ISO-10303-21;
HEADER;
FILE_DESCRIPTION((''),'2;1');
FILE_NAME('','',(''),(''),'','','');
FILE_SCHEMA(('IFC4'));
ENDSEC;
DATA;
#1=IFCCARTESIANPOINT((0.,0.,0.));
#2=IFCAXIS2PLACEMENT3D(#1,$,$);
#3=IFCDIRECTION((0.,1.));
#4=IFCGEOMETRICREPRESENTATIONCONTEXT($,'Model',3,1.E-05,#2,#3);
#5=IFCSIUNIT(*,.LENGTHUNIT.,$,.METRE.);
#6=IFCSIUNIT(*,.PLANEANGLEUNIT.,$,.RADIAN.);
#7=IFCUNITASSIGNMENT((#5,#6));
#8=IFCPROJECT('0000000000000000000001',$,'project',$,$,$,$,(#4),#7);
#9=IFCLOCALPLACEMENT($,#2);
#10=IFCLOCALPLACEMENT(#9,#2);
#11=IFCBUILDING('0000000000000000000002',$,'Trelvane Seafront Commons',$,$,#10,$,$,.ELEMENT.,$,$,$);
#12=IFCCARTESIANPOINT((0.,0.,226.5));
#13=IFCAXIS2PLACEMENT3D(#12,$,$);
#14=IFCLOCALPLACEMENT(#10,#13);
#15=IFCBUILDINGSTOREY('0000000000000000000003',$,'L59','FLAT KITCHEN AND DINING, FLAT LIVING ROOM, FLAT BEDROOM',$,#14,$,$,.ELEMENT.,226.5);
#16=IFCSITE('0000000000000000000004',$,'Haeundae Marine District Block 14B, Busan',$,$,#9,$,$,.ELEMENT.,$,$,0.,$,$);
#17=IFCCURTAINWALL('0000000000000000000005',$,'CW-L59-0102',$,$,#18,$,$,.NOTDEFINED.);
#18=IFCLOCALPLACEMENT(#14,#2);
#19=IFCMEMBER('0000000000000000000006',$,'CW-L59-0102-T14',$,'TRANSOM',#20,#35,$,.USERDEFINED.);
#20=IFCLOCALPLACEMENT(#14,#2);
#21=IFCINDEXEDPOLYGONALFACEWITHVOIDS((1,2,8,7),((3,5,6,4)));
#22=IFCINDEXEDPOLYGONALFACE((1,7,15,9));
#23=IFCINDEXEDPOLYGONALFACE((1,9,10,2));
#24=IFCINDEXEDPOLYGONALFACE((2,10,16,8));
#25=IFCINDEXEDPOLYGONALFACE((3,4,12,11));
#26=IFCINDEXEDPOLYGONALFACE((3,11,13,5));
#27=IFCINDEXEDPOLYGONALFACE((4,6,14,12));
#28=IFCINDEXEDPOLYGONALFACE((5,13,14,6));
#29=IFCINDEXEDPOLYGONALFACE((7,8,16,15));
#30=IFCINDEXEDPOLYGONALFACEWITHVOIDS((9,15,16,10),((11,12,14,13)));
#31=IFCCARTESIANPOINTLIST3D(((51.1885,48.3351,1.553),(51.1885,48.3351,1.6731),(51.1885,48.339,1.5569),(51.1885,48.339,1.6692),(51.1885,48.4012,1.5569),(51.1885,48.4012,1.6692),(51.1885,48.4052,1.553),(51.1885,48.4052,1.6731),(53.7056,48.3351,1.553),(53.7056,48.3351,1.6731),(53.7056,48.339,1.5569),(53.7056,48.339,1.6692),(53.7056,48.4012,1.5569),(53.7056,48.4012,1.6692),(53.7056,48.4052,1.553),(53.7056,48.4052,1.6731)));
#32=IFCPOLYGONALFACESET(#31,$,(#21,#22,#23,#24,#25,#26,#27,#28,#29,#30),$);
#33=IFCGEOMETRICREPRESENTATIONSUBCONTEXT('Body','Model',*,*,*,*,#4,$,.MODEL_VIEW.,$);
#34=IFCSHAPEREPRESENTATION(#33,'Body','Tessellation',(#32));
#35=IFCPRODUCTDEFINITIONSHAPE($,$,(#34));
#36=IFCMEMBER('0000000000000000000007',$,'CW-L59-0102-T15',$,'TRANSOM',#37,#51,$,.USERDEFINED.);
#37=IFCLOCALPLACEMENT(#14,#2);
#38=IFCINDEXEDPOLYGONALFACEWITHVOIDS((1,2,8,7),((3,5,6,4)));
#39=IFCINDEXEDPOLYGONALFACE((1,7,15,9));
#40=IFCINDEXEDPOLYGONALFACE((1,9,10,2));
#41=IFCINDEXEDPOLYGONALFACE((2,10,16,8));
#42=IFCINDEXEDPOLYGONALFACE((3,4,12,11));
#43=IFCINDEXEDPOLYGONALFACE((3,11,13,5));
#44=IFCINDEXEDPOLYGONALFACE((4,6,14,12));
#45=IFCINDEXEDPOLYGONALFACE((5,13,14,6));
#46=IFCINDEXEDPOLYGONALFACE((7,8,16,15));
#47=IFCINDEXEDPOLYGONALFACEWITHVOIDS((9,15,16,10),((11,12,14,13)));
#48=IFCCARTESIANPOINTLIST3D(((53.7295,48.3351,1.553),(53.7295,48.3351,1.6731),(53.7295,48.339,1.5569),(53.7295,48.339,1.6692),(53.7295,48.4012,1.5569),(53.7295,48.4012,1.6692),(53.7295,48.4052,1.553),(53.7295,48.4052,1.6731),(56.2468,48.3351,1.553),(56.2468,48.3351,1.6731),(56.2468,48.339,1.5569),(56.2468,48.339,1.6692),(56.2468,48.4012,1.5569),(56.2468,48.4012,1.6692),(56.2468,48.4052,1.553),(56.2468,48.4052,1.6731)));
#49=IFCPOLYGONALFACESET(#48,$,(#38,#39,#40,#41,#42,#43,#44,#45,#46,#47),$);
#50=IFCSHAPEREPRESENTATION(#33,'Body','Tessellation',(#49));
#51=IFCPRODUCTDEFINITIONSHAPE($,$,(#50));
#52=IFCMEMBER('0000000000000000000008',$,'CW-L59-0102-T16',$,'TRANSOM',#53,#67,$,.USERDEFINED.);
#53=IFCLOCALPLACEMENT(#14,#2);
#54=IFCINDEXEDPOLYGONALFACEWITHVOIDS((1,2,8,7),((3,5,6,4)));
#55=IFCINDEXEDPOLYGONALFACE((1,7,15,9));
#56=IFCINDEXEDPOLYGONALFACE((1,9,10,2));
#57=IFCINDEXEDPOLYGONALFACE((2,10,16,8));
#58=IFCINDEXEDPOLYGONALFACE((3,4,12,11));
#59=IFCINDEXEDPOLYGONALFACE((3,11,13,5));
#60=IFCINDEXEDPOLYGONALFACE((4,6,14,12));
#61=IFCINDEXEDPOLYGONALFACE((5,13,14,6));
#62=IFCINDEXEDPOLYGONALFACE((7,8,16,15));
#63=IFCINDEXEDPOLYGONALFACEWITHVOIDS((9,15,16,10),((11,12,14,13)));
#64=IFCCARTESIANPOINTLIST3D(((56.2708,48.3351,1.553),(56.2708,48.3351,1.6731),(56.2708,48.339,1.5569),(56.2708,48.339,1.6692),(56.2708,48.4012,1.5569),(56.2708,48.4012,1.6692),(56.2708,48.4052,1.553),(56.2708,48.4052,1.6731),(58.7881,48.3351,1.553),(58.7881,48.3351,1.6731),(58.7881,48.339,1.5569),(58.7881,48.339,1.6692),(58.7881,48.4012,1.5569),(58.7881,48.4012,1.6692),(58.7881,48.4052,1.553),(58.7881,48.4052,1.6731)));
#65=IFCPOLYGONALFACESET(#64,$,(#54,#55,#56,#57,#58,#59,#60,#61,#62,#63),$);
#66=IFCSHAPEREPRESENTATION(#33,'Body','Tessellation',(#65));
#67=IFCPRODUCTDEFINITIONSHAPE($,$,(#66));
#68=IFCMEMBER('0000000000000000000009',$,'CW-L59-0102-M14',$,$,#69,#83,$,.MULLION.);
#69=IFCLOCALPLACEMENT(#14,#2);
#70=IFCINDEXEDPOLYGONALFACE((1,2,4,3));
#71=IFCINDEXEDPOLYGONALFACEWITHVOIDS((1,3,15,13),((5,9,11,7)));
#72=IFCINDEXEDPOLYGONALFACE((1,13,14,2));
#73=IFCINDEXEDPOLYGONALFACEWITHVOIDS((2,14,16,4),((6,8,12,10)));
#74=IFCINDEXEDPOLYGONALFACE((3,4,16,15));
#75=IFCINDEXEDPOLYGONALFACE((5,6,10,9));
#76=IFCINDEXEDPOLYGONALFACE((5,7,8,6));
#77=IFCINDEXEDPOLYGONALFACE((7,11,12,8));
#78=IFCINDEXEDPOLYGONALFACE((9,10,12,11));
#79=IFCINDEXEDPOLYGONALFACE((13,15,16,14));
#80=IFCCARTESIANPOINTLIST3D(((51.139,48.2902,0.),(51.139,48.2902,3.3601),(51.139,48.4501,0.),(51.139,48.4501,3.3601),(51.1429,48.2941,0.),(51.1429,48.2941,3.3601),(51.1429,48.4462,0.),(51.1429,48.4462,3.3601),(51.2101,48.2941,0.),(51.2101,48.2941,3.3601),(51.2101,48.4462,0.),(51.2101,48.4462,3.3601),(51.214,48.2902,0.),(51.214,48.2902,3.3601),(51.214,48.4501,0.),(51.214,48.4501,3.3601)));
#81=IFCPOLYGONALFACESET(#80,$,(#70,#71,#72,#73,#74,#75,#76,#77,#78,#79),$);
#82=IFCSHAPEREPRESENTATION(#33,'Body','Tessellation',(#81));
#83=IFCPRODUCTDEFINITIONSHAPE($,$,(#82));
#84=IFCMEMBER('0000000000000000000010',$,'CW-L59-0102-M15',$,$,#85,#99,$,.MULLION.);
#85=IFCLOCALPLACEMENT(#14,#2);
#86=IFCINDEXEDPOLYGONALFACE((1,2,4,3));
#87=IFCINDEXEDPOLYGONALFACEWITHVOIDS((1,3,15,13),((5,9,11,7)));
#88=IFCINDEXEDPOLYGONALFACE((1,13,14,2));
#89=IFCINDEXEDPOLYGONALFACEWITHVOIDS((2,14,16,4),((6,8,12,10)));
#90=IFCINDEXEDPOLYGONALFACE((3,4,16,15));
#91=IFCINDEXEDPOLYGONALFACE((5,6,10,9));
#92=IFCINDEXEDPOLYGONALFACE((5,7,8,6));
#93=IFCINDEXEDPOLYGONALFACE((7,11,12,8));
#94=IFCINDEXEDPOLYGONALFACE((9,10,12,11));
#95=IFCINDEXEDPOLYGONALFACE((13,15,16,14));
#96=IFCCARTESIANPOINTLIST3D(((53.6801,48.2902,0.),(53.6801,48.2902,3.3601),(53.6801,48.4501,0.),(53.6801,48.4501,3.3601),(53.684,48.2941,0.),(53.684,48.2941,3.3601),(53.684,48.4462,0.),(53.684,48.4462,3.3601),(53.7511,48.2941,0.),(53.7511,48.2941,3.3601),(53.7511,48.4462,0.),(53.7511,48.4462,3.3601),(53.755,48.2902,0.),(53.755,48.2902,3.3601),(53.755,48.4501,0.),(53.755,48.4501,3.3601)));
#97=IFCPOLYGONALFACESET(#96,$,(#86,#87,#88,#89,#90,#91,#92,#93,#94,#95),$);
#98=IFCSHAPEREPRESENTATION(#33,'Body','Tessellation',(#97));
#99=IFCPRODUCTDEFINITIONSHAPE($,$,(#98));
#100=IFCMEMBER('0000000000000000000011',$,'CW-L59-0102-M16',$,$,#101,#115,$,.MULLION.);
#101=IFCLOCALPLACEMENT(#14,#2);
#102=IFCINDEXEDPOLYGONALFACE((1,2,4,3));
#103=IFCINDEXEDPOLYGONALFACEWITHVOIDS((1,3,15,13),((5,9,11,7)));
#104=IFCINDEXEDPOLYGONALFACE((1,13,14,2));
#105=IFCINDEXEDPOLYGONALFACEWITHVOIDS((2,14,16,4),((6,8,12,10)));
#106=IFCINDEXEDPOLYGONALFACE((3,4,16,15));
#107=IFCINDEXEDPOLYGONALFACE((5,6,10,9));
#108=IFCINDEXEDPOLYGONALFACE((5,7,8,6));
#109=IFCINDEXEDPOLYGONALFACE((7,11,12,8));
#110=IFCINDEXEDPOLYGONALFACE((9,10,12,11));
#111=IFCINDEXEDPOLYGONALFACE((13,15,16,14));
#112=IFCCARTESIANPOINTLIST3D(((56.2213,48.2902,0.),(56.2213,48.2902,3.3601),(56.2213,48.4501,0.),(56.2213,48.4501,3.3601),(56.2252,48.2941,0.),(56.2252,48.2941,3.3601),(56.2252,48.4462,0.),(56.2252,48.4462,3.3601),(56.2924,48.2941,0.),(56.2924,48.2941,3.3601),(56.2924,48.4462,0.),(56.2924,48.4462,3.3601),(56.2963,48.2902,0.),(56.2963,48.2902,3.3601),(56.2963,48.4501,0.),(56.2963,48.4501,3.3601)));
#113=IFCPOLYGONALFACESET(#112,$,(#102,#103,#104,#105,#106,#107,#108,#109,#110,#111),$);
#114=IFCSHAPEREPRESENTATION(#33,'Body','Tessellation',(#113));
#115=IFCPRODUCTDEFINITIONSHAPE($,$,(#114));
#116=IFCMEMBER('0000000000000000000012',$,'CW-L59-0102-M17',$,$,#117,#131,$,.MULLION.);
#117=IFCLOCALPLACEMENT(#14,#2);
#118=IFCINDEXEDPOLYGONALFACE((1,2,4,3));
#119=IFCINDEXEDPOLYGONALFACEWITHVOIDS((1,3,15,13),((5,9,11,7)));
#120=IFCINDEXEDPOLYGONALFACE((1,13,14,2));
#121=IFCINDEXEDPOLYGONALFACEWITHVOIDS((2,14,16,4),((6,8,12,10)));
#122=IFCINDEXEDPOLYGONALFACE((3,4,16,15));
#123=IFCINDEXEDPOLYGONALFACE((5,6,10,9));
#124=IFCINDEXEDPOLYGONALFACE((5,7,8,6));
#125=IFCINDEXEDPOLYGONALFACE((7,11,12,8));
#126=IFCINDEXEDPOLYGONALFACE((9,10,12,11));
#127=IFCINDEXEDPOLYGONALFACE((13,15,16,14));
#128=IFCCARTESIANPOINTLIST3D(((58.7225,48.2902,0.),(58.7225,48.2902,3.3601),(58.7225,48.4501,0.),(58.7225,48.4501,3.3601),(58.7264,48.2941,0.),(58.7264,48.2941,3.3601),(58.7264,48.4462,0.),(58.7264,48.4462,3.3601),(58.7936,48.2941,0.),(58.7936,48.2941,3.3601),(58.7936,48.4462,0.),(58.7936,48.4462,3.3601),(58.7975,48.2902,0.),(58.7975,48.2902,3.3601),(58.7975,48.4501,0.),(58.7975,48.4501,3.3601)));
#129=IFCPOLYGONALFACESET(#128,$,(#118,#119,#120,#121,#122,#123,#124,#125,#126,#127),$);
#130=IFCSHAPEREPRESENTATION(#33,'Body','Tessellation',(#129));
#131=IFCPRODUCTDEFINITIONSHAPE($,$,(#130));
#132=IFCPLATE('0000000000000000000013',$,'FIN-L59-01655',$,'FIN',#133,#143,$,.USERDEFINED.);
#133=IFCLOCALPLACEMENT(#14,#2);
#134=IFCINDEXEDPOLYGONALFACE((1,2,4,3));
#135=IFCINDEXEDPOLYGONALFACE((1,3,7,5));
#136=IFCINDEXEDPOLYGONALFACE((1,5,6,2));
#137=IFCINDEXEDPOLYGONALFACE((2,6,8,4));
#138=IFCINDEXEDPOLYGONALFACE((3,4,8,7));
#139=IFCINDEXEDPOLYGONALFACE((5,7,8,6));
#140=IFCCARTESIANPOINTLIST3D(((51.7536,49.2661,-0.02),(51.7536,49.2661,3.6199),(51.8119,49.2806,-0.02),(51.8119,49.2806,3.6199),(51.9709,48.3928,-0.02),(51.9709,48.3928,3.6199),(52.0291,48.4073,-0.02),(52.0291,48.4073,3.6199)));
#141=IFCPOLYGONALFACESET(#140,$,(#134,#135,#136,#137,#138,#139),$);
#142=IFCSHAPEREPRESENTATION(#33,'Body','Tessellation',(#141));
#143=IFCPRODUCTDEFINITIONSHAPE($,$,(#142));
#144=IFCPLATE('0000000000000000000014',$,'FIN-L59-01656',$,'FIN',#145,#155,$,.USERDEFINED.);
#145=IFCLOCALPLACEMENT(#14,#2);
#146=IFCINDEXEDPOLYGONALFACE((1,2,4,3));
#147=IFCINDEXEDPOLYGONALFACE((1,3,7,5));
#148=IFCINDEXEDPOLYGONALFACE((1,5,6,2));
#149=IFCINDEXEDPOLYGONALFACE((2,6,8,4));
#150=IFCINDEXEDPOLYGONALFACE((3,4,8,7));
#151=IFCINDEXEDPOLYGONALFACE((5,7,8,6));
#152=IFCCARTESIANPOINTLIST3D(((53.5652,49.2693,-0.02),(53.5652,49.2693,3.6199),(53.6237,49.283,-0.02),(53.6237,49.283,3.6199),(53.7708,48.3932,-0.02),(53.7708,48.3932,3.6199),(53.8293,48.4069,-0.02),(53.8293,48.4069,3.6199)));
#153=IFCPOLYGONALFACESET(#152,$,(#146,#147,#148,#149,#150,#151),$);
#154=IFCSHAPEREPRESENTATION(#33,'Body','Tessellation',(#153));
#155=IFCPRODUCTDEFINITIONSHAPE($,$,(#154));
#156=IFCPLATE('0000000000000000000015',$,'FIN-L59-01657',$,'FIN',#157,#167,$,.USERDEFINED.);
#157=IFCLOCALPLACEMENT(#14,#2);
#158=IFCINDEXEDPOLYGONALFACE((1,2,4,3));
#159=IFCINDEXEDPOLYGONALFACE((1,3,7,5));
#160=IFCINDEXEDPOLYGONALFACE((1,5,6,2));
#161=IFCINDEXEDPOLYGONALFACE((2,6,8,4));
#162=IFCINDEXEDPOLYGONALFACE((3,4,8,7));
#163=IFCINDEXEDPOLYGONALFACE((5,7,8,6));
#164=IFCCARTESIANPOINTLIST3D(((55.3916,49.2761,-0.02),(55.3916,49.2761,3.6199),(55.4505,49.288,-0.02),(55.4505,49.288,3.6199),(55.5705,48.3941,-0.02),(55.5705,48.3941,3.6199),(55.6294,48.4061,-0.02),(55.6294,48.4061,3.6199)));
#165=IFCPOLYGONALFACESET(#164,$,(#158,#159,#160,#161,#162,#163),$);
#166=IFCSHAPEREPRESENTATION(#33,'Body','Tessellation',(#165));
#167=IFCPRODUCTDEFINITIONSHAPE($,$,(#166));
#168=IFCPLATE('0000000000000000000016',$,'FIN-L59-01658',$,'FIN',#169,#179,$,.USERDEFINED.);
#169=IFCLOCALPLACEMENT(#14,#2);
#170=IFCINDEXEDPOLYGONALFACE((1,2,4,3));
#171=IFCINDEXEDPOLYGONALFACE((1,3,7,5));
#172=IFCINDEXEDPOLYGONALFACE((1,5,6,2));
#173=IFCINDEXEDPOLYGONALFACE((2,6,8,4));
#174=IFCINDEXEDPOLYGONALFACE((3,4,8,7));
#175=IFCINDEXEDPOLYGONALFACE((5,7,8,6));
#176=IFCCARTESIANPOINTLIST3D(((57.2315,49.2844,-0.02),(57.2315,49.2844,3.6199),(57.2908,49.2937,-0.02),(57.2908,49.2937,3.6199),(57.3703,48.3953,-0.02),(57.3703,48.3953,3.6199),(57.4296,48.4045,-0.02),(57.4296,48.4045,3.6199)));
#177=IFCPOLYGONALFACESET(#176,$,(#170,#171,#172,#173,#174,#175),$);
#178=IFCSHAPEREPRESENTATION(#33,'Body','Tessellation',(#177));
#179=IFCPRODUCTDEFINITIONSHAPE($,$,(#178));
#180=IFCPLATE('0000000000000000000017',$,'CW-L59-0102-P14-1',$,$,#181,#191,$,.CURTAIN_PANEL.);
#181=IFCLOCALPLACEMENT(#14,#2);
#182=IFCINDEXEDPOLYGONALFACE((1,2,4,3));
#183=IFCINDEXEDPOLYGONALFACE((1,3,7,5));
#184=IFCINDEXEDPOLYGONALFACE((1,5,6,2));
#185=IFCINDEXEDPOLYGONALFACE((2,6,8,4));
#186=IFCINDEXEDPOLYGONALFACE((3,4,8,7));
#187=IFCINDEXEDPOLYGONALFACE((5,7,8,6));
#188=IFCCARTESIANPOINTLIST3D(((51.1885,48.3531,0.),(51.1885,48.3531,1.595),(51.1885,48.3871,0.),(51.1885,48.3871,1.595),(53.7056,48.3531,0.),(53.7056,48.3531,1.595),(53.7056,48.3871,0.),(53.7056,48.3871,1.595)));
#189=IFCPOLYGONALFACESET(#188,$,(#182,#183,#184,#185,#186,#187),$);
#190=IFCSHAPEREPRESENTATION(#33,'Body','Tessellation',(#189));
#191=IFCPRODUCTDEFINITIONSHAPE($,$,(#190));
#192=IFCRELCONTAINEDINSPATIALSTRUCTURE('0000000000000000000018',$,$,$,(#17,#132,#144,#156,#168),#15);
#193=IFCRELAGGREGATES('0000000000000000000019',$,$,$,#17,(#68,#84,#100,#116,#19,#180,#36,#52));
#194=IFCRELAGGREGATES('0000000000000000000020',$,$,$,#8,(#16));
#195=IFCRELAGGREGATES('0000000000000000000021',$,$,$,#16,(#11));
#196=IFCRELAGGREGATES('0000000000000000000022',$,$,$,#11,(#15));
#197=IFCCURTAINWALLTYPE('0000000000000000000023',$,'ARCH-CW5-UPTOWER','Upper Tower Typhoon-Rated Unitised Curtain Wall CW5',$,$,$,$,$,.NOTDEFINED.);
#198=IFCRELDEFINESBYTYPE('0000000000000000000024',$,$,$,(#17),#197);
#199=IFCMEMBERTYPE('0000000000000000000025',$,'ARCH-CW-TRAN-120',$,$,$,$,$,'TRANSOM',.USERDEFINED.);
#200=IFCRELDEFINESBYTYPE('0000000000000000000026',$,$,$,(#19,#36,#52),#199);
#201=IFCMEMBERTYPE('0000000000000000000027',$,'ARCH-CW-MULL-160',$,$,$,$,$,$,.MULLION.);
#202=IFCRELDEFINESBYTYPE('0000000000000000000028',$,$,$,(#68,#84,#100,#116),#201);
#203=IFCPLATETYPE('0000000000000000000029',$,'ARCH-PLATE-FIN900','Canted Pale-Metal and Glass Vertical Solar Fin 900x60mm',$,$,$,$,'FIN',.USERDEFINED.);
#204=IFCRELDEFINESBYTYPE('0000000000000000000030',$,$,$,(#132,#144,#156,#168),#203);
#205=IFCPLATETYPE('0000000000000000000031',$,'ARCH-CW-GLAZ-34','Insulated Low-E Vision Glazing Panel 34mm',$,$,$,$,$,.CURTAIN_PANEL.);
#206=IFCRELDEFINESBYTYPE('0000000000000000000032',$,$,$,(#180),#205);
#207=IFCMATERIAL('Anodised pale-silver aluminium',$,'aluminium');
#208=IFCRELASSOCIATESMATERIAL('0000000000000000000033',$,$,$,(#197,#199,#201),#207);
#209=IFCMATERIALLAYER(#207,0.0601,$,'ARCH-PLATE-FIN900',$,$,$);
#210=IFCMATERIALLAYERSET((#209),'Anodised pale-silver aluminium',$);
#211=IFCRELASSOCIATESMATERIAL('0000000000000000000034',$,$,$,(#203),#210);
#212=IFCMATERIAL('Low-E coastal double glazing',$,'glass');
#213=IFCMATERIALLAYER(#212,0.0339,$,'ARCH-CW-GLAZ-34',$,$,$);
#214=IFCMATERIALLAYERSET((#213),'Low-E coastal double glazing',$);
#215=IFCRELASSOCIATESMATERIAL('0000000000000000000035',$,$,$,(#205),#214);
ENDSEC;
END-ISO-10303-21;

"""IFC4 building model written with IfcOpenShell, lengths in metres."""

from ifc_helpers import new_model, si_unit, direction, frame, origin, origin_2d, place, context, subcontext, project, spatial, rectangle, hollow_rectangle, extrude, source, transform, mapped, material, layer, layer_set, material_profile, profile_set, type_object, element, aggregate, save


model = new_model("IFC4")

# Units and contexts
model_context = context("Model", 3, precision=1e-05, world=origin(), true_north=direction((0.0, 1.0)))
body_context = subcontext(model_context, "Body", "Model", "MODEL_VIEW")
ifc_project = project(units=[si_unit("LENGTHUNIT", "METRE"), si_unit("PLANEANGLEUNIT", "RADIAN")], contexts=[model_context])

# Site, building, storey
site_placement = place(None, origin())
site = spatial("IfcSite", under=ifc_project, at=site_placement, Name="Haeundae Marine District Block 14B, Busan", CompositionType="ELEMENT", RefElevation=0.0)
building_placement = place(site_placement, origin())
building = spatial("IfcBuilding", under=site, at=building_placement, Name="Trelvane Seafront Commons", CompositionType="ELEMENT")
storey_placement = place(building_placement, frame((0.0, 0.0, 226.5)))
storey = spatial("IfcBuildingStorey", under=building, at=storey_placement, Name="L59", Description="FLAT KITCHEN AND DINING, FLAT LIVING ROOM, FLAT BEDROOM", CompositionType="ELEMENT", Elevation=226.5)

# Curtain wall, members
ifc_material_1 = material(Name="Anodised pale-silver aluminium", Category="aluminium")
curtain_wall_type = type_object("IfcCurtainWallType", Name="ARCH-CW5-UPTOWER", Description="Upper Tower Typhoon-Rated Unitised Curtain Wall CW5", PredefinedType="NOTDEFINED", material=ifc_material_1)
curtain_wall_placement = place(storey_placement, origin())
curtain_wall = element("IfcCurtainWall", 1, at=curtain_wall_placement, inside=storey, type_object=curtain_wall_type, Name="CW-L59-0102", PredefinedType="NOTDEFINED")
ifc_material_profile_1 = material_profile(ifc_material_1, hollow_rectangle(XDim=0.0701, YDim=0.1201, WallThickness=0.0039, at=origin_2d()), Name="TRAN-70x120x4")
ifc_profile_set_1 = profile_set([ifc_material_profile_1], Name="Anodised pale-silver aluminium")
member_type_1 = type_object("IfcMemberType", Name="ARCH-CW-TRAN-120", ElementType="TRANSOM", PredefinedType="USERDEFINED", material=ifc_profile_set_1)
shared_shape_1 = source(origin(), body_context, "Body", "SweptSolid", [
    extrude(hollow_rectangle(XDim=0.0701, YDim=0.1201, WallThickness=0.0039, at=origin_2d()), origin(), (0.0, 0.0, 1.0), 2.5171),
])
member_1_placement = place(storey_placement, frame((51.1885, 48.3701, 1.613), z_axis=(1.0, 0.0, 0.0), x_axis=(0.0, 1.0, 0.0)))
member_1 = element("IfcMember", 2, at=member_1_placement, type_object=member_type_1, Name="CW-L59-0102-T14", ObjectType="TRANSOM", PredefinedType="USERDEFINED", context=body_context, shape_type="MappedRepresentation", body=[
    mapped(shared_shape_1, transform((0.0, 0.0, 0.0), x_axis=(1.0, 0.0, 0.0), y_axis=(0.0, 1.0, 0.0), z_axis=(0.0, 0.0, 1.0), scale=1.0)),
])
shared_shape_2 = source(origin(), body_context, "Body", "SweptSolid", [
    extrude(hollow_rectangle(XDim=0.0701, YDim=0.1201, WallThickness=0.0039, at=origin_2d()), origin(), (0.0, 0.0, 1.0), 2.5173),
])
member_2_placement = place(storey_placement, frame((53.7295, 48.3701, 1.613), z_axis=(1.0, 0.0, 0.0), x_axis=(0.0, 1.0, 0.0)))
member_2 = element("IfcMember", 3, at=member_2_placement, type_object=member_type_1, Name="CW-L59-0102-T15", ObjectType="TRANSOM", PredefinedType="USERDEFINED", context=body_context, shape_type="MappedRepresentation", body=[
    mapped(shared_shape_2, transform((0.0, 0.0, 0.0), x_axis=(1.0, 0.0, 0.0), y_axis=(0.0, 1.0, 0.0), z_axis=(0.0, 0.0, 1.0), scale=1.0)),
])
member_3_placement = place(storey_placement, frame((56.2708, 48.3701, 1.613), z_axis=(1.0, 0.0, 0.0), x_axis=(0.0, 1.0, 0.0)))
member_3 = element("IfcMember", 4, at=member_3_placement, type_object=member_type_1, Name="CW-L59-0102-T16", ObjectType="TRANSOM", PredefinedType="USERDEFINED", context=body_context, shape_type="MappedRepresentation", body=[
    mapped(shared_shape_2, transform((0.0, 0.0, 0.0), x_axis=(1.0, 0.0, 0.0), y_axis=(0.0, 1.0, 0.0), z_axis=(0.0, 0.0, 1.0), scale=1.0)),
])
ifc_material_profile_2 = material_profile(ifc_material_1, hollow_rectangle(XDim=0.075, YDim=0.1599, WallThickness=0.0039, at=origin_2d()), Name="MULL-75x160x4")
ifc_profile_set_2 = profile_set([ifc_material_profile_2], Name="Anodised pale-silver aluminium")
member_type_2 = type_object("IfcMemberType", Name="ARCH-CW-MULL-160", PredefinedType="MULLION", material=ifc_profile_set_2)
shared_shape_3 = source(origin(), body_context, "Body", "SweptSolid", [
    extrude(hollow_rectangle(XDim=0.075, YDim=0.1599, WallThickness=0.0039, at=origin_2d()), origin(), (0.0, 0.0, 1.0), 3.3601),
])
member_4_placement = place(storey_placement, frame((51.1765, 48.3701, 0.0), z_axis=(0.0, 0.0, 1.0), x_axis=(1.0, 0.0, 0.0)))
member_4 = element("IfcMember", 5, at=member_4_placement, type_object=member_type_2, Name="CW-L59-0102-M14", PredefinedType="MULLION", context=body_context, shape_type="MappedRepresentation", body=[
    mapped(shared_shape_3, transform((0.0, 0.0, 0.0), x_axis=(1.0, 0.0, 0.0), y_axis=(0.0, 1.0, 0.0), z_axis=(0.0, 0.0, 1.0), scale=1.0)),
])
member_5_placement = place(storey_placement, frame((53.7175, 48.3701, 0.0), z_axis=(0.0, 0.0, 1.0), x_axis=(1.0, 0.0, 0.0)))
member_5 = element("IfcMember", 6, at=member_5_placement, type_object=member_type_2, Name="CW-L59-0102-M15", PredefinedType="MULLION", context=body_context, shape_type="MappedRepresentation", body=[
    mapped(shared_shape_3, transform((0.0, 0.0, 0.0), x_axis=(1.0, 0.0, 0.0), y_axis=(0.0, 1.0, 0.0), z_axis=(0.0, 0.0, 1.0), scale=1.0)),
])
member_6_placement = place(storey_placement, frame((56.2588, 48.3701, 0.0), z_axis=(0.0, 0.0, 1.0), x_axis=(1.0, 0.0, 0.0)))
member_6 = element("IfcMember", 7, at=member_6_placement, type_object=member_type_2, Name="CW-L59-0102-M16", PredefinedType="MULLION", context=body_context, shape_type="MappedRepresentation", body=[
    mapped(shared_shape_3, transform((0.0, 0.0, 0.0), x_axis=(1.0, 0.0, 0.0), y_axis=(0.0, 1.0, 0.0), z_axis=(0.0, 0.0, 1.0), scale=1.0)),
])
member_7_placement = place(storey_placement, frame((58.76, 48.3701, 0.0), z_axis=(0.0, 0.0, 1.0), x_axis=(1.0, 0.0, 0.0)))
member_7 = element("IfcMember", 8, at=member_7_placement, type_object=member_type_2, Name="CW-L59-0102-M17", PredefinedType="MULLION", context=body_context, shape_type="MappedRepresentation", body=[
    mapped(shared_shape_3, transform((0.0, 0.0, 0.0), x_axis=(1.0, 0.0, 0.0), y_axis=(0.0, 1.0, 0.0), z_axis=(0.0, 0.0, 1.0), scale=1.0)),
])

# Plates
ifc_layer_1 = layer(ifc_material_1, 0.0601, Name="ARCH-PLATE-FIN900")
ifc_layer_set_1 = layer_set([ifc_layer_1], Name="Anodised pale-silver aluminium")
plate_type_1 = type_object("IfcPlateType", Name="ARCH-PLATE-FIN900", Description="Canted Pale-Metal and Glass Vertical Solar Fin 900x60mm", ElementType="FIN", PredefinedType="USERDEFINED", material=ifc_layer_set_1)
shared_shape_4 = source(origin(), body_context, "Body", "SweptSolid", [
    extrude(rectangle(XDim=0.8999, YDim=0.0601, at=origin_2d()), origin(), (0.0, 0.0, 1.0), 3.6399),
])
for number, where, z_axis, x_axis, name in (
    (9, (51.8914, 48.8367, -0.02), (0.0, 0.0, 1.0), (-0.241438, 0.970416, 0.0), "FIN-L59-01655"),
    (10, (53.6973, 48.8381, -0.02), (0.0, 0.0, 1.0), (-0.228444, 0.973557, 0.0), "FIN-L59-01656"),
    (11, (55.5105, 48.8411, -0.02), (0.0, 0.0, 1.0), (-0.198786, 0.980043, 0.0), "FIN-L59-01657"),
    (12, (57.3306, 48.8445, -0.02), (0.0, 0.0, 1.0), (-0.154228, 0.988035, 0.0), "FIN-L59-01658"),
):
    element("IfcPlate", number, at=place(storey_placement, frame(where, z_axis=z_axis, x_axis=x_axis)), inside=storey, type_object=plate_type_1, Name=name, ObjectType="FIN", PredefinedType="USERDEFINED", context=body_context, shape_type="MappedRepresentation", body=[
        mapped(shared_shape_4, transform((0.0, 0.0, 0.0), x_axis=(1.0, 0.0, 0.0), y_axis=(0.0, 1.0, 0.0), z_axis=(0.0, 0.0, 1.0), scale=1.0)),
    ])

# Plate
ifc_material_2 = material(Name="Low-E coastal double glazing", Category="glass")
ifc_layer_2 = layer(ifc_material_2, 0.0339, Name="ARCH-CW-GLAZ-34")
ifc_layer_set_2 = layer_set([ifc_layer_2], Name="Low-E coastal double glazing")
plate_type_2 = type_object("IfcPlateType", Name="ARCH-CW-GLAZ-34", Description="Insulated Low-E Vision Glazing Panel 34mm", PredefinedType="CURTAIN_PANEL", material=ifc_layer_set_2)
shared_shape_5 = source(origin(), body_context, "Body", "SweptSolid", [
    extrude(rectangle(XDim=2.5171, YDim=0.0339, at=origin_2d()), origin(), (0.0, 0.0, 1.0), 1.595),
])
plate_1_placement = place(storey_placement, frame((52.447, 48.3701, 0.0), z_axis=(0.0, 0.0, 1.0), x_axis=(1.0, 0.0, 0.0)))
plate_1 = element("IfcPlate", 13, at=plate_1_placement, type_object=plate_type_2, Name="CW-L59-0102-P14-1", PredefinedType="CURTAIN_PANEL", context=body_context, shape_type="MappedRepresentation", body=[
    mapped(shared_shape_5, transform((0.0, 0.0, 0.0), x_axis=(1.0, 0.0, 0.0), y_axis=(0.0, 1.0, 0.0), z_axis=(0.0, 0.0, 1.0), scale=1.0)),
])
aggregate(curtain_wall, [member_4, member_5, member_6, member_7, member_1, plate_1, member_2, member_3])

save(model, "model.ifc")
